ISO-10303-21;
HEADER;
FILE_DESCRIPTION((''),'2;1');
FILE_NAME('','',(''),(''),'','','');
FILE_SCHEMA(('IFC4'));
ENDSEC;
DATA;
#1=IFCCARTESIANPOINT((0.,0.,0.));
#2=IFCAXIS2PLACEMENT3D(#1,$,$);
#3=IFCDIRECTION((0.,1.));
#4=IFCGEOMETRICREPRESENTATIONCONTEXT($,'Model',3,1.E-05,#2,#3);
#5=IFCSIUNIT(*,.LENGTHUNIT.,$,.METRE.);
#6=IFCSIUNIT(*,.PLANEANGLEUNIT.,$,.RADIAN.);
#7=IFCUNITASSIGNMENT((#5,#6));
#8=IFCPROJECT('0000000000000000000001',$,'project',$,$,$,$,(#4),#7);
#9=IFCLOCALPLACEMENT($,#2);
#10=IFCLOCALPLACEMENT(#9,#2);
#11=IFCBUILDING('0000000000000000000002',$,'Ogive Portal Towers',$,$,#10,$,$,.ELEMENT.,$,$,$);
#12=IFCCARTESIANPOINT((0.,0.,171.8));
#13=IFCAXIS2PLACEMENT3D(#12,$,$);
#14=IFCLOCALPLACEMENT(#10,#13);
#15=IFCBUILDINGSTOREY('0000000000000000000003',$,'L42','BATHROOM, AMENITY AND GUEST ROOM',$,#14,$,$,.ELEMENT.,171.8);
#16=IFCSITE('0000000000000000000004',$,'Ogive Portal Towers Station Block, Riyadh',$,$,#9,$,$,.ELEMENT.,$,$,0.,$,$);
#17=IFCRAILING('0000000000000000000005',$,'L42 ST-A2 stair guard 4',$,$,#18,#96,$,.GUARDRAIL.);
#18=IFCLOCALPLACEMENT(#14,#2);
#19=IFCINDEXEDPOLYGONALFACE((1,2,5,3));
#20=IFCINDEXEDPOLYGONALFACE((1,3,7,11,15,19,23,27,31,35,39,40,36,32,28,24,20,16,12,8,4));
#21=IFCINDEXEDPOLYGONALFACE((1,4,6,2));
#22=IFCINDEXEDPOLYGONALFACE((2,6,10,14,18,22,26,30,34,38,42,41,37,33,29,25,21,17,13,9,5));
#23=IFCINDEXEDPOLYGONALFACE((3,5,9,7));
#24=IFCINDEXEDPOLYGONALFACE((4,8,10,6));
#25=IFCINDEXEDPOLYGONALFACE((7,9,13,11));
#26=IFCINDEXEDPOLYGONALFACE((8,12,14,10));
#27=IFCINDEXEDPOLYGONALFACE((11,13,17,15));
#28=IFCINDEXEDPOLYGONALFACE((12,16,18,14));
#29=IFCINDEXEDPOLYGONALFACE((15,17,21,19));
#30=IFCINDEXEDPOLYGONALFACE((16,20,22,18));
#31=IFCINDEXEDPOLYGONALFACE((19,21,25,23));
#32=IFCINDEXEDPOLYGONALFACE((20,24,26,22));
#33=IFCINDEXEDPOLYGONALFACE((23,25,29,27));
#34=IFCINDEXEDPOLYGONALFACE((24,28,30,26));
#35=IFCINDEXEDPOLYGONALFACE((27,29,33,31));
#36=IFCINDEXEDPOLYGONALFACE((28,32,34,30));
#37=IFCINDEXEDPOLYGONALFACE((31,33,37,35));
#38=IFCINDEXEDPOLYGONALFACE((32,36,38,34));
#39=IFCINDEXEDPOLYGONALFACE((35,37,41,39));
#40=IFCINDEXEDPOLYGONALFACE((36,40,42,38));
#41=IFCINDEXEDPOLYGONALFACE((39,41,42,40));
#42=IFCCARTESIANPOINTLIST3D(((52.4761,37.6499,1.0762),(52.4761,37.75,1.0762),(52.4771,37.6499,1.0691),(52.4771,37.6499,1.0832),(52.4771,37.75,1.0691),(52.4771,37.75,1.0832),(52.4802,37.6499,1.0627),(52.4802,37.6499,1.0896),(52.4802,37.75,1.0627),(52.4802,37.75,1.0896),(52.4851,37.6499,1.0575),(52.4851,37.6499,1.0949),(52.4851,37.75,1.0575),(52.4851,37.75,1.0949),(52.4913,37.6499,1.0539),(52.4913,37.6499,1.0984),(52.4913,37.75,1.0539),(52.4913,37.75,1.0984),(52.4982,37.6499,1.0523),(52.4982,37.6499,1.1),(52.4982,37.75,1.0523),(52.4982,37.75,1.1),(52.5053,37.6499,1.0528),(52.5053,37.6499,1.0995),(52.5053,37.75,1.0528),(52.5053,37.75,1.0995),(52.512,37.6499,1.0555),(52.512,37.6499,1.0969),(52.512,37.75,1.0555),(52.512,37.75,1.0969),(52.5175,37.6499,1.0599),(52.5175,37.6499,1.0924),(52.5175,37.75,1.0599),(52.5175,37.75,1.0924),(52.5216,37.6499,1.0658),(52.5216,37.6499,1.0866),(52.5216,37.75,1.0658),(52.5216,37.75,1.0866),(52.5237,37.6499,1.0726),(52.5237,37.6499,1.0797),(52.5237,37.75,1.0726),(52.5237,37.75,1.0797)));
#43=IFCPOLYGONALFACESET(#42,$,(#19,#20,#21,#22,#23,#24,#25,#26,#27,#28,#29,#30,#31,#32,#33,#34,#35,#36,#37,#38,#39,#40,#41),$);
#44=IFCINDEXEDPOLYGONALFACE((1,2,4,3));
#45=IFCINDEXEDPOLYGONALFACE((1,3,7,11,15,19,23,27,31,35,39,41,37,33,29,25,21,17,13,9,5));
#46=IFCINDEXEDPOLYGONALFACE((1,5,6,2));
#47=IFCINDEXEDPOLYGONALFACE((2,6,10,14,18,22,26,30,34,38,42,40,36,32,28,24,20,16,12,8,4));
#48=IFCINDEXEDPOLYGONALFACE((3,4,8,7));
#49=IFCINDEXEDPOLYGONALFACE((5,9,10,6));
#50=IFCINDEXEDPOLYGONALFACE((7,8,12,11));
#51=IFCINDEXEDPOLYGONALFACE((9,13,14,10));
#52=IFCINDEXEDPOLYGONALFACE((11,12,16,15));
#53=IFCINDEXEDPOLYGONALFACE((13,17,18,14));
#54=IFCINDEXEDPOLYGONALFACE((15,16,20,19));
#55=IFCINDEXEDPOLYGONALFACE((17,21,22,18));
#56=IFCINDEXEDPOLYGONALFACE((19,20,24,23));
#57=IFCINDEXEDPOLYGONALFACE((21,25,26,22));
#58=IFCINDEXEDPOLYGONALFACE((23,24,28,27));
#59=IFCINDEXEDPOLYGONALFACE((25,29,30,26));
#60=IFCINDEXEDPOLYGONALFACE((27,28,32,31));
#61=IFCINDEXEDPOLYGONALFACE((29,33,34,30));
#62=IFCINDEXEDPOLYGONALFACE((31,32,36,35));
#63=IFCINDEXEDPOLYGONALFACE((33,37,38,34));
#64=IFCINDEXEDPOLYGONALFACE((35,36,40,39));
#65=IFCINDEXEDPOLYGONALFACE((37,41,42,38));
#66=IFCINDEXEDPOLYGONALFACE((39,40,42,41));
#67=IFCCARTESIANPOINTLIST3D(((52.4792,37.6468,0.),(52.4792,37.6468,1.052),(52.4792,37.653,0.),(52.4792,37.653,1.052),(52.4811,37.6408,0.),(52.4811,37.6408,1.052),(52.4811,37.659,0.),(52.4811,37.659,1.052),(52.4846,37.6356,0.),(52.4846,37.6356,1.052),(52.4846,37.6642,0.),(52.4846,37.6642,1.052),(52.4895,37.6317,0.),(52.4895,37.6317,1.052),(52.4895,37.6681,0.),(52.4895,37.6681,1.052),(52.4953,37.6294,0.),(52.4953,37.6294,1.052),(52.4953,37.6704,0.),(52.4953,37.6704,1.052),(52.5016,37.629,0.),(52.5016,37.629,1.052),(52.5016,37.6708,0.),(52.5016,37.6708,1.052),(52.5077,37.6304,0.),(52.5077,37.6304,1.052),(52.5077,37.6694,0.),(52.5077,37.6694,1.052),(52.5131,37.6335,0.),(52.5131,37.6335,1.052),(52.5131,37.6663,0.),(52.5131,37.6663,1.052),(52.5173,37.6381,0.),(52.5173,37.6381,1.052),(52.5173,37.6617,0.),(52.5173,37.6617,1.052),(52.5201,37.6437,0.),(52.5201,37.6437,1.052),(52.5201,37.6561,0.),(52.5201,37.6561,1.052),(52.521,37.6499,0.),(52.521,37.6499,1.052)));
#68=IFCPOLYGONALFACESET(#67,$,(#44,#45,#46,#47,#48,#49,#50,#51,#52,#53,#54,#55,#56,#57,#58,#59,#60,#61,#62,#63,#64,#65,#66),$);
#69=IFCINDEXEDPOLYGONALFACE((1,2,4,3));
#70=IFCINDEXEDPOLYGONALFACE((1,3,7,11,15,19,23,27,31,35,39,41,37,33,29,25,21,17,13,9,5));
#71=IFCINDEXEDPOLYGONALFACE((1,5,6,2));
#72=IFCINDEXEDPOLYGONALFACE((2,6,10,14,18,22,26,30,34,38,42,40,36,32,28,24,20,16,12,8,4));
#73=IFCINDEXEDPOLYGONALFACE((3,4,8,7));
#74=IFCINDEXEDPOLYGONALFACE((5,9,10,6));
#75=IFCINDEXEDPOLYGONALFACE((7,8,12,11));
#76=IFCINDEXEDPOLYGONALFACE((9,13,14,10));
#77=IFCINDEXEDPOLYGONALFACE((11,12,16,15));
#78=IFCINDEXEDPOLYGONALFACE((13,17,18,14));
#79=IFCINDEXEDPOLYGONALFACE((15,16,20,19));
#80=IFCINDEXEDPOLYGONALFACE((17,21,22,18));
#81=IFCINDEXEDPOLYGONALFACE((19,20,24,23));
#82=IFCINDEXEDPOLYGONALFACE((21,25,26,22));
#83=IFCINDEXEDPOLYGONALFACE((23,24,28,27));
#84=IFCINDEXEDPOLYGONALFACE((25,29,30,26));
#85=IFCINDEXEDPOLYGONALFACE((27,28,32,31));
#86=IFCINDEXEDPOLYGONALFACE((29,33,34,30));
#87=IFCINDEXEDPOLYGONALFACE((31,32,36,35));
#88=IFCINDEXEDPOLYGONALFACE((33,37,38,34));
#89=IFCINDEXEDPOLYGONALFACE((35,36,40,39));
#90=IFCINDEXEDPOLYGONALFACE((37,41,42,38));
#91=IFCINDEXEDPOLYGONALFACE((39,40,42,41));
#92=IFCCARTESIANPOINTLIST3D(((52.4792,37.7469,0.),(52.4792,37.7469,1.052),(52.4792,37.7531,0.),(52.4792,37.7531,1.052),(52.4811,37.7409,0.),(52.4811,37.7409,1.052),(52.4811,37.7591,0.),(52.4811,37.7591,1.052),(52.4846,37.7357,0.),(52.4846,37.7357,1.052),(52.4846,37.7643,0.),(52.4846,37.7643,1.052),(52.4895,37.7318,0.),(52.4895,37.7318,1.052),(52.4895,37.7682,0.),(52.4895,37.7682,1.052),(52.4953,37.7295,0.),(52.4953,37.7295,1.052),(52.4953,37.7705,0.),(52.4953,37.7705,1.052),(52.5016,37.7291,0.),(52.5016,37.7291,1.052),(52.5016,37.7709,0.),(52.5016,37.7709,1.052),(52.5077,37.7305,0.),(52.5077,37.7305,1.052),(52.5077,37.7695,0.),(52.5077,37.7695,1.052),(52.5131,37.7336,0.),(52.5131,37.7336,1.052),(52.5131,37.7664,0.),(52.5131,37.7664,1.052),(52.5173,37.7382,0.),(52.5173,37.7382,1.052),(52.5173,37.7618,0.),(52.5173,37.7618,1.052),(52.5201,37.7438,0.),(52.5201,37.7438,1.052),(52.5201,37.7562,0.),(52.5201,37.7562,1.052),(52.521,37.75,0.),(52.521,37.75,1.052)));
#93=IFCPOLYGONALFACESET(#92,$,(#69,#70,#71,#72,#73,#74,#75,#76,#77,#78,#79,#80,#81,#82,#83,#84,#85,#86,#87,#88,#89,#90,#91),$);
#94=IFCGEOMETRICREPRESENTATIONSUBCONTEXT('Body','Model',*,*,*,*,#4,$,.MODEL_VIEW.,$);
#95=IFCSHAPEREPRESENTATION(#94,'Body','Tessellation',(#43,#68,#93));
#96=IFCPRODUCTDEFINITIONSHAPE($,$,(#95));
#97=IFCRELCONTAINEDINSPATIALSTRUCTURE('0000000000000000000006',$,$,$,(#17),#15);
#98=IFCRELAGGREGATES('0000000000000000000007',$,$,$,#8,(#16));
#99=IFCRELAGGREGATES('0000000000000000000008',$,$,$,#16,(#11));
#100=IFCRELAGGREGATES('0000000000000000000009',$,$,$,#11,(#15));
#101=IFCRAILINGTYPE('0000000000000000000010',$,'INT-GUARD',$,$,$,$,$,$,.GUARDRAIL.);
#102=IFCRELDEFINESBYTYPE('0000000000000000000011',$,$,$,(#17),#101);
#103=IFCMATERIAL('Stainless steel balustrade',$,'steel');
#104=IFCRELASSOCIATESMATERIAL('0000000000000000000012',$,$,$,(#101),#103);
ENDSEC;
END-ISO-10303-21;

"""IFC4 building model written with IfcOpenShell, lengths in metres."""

from ifc_helpers import new_model, si_unit, direction, frame, origin, origin_2d, place, context, subcontext, project, spatial, circle, extrude, material, type_object, element, save


model = new_model("IFC4")

# Units and contexts
model_context = context("Model", 3, precision=1e-05, world=origin(), true_north=direction((0.0, 1.0)))
body_context = subcontext(model_context, "Body", "Model", "MODEL_VIEW")
ifc_project = project(units=[si_unit("LENGTHUNIT", "METRE"), si_unit("PLANEANGLEUNIT", "RADIAN")], contexts=[model_context])

# Site, building, storey
site_placement = place(None, origin())
site = spatial("IfcSite", under=ifc_project, at=site_placement, Name="Ogive Portal Towers Station Block, Riyadh", CompositionType="ELEMENT", RefElevation=0.0)
building_placement = place(site_placement, origin())
building = spatial("IfcBuilding", under=site, at=building_placement, Name="Ogive Portal Towers", CompositionType="ELEMENT")
storey_placement = place(building_placement, frame((0.0, 0.0, 171.8)))
storey = spatial("IfcBuildingStorey", under=building, at=storey_placement, Name="L42", Description="BATHROOM, AMENITY AND GUEST ROOM", CompositionType="ELEMENT", Elevation=171.8)

# Railing
ifc_material_1 = material(Name="Stainless steel balustrade", Category="steel")
railing_type_1 = type_object("IfcRailingType", Name="INT-GUARD", PredefinedType="GUARDRAIL", material=ifc_material_1)
railing_1_placement = place(storey_placement, frame((52.5, 37.6499, 0.0)))
element("IfcRailing", 1, at=railing_1_placement, inside=storey, type_object=railing_type_1, Name="L42 ST-A2 stair guard 4", PredefinedType="GUARDRAIL", context=body_context, shape_type="SweptSolid", body=[
    extrude(circle(Radius=0.0239, at=origin_2d()), frame((0.0, 0.0, 1.0762), z_axis=(0.0, 1.0, 0.0), x_axis=(-1.0, 0.0, 0.0)), (0.0, 0.0, 1.0), 0.1001),
    extrude(circle(Radius=0.021, at=origin_2d()), origin(), (0.0, 0.0, 1.0), 1.052),
    extrude(circle(Radius=0.021, at=origin_2d()), frame((0.0, 0.1001, 0.0)), (0.0, 0.0, 1.0), 1.052),
])

save(model, "model.ifc")
